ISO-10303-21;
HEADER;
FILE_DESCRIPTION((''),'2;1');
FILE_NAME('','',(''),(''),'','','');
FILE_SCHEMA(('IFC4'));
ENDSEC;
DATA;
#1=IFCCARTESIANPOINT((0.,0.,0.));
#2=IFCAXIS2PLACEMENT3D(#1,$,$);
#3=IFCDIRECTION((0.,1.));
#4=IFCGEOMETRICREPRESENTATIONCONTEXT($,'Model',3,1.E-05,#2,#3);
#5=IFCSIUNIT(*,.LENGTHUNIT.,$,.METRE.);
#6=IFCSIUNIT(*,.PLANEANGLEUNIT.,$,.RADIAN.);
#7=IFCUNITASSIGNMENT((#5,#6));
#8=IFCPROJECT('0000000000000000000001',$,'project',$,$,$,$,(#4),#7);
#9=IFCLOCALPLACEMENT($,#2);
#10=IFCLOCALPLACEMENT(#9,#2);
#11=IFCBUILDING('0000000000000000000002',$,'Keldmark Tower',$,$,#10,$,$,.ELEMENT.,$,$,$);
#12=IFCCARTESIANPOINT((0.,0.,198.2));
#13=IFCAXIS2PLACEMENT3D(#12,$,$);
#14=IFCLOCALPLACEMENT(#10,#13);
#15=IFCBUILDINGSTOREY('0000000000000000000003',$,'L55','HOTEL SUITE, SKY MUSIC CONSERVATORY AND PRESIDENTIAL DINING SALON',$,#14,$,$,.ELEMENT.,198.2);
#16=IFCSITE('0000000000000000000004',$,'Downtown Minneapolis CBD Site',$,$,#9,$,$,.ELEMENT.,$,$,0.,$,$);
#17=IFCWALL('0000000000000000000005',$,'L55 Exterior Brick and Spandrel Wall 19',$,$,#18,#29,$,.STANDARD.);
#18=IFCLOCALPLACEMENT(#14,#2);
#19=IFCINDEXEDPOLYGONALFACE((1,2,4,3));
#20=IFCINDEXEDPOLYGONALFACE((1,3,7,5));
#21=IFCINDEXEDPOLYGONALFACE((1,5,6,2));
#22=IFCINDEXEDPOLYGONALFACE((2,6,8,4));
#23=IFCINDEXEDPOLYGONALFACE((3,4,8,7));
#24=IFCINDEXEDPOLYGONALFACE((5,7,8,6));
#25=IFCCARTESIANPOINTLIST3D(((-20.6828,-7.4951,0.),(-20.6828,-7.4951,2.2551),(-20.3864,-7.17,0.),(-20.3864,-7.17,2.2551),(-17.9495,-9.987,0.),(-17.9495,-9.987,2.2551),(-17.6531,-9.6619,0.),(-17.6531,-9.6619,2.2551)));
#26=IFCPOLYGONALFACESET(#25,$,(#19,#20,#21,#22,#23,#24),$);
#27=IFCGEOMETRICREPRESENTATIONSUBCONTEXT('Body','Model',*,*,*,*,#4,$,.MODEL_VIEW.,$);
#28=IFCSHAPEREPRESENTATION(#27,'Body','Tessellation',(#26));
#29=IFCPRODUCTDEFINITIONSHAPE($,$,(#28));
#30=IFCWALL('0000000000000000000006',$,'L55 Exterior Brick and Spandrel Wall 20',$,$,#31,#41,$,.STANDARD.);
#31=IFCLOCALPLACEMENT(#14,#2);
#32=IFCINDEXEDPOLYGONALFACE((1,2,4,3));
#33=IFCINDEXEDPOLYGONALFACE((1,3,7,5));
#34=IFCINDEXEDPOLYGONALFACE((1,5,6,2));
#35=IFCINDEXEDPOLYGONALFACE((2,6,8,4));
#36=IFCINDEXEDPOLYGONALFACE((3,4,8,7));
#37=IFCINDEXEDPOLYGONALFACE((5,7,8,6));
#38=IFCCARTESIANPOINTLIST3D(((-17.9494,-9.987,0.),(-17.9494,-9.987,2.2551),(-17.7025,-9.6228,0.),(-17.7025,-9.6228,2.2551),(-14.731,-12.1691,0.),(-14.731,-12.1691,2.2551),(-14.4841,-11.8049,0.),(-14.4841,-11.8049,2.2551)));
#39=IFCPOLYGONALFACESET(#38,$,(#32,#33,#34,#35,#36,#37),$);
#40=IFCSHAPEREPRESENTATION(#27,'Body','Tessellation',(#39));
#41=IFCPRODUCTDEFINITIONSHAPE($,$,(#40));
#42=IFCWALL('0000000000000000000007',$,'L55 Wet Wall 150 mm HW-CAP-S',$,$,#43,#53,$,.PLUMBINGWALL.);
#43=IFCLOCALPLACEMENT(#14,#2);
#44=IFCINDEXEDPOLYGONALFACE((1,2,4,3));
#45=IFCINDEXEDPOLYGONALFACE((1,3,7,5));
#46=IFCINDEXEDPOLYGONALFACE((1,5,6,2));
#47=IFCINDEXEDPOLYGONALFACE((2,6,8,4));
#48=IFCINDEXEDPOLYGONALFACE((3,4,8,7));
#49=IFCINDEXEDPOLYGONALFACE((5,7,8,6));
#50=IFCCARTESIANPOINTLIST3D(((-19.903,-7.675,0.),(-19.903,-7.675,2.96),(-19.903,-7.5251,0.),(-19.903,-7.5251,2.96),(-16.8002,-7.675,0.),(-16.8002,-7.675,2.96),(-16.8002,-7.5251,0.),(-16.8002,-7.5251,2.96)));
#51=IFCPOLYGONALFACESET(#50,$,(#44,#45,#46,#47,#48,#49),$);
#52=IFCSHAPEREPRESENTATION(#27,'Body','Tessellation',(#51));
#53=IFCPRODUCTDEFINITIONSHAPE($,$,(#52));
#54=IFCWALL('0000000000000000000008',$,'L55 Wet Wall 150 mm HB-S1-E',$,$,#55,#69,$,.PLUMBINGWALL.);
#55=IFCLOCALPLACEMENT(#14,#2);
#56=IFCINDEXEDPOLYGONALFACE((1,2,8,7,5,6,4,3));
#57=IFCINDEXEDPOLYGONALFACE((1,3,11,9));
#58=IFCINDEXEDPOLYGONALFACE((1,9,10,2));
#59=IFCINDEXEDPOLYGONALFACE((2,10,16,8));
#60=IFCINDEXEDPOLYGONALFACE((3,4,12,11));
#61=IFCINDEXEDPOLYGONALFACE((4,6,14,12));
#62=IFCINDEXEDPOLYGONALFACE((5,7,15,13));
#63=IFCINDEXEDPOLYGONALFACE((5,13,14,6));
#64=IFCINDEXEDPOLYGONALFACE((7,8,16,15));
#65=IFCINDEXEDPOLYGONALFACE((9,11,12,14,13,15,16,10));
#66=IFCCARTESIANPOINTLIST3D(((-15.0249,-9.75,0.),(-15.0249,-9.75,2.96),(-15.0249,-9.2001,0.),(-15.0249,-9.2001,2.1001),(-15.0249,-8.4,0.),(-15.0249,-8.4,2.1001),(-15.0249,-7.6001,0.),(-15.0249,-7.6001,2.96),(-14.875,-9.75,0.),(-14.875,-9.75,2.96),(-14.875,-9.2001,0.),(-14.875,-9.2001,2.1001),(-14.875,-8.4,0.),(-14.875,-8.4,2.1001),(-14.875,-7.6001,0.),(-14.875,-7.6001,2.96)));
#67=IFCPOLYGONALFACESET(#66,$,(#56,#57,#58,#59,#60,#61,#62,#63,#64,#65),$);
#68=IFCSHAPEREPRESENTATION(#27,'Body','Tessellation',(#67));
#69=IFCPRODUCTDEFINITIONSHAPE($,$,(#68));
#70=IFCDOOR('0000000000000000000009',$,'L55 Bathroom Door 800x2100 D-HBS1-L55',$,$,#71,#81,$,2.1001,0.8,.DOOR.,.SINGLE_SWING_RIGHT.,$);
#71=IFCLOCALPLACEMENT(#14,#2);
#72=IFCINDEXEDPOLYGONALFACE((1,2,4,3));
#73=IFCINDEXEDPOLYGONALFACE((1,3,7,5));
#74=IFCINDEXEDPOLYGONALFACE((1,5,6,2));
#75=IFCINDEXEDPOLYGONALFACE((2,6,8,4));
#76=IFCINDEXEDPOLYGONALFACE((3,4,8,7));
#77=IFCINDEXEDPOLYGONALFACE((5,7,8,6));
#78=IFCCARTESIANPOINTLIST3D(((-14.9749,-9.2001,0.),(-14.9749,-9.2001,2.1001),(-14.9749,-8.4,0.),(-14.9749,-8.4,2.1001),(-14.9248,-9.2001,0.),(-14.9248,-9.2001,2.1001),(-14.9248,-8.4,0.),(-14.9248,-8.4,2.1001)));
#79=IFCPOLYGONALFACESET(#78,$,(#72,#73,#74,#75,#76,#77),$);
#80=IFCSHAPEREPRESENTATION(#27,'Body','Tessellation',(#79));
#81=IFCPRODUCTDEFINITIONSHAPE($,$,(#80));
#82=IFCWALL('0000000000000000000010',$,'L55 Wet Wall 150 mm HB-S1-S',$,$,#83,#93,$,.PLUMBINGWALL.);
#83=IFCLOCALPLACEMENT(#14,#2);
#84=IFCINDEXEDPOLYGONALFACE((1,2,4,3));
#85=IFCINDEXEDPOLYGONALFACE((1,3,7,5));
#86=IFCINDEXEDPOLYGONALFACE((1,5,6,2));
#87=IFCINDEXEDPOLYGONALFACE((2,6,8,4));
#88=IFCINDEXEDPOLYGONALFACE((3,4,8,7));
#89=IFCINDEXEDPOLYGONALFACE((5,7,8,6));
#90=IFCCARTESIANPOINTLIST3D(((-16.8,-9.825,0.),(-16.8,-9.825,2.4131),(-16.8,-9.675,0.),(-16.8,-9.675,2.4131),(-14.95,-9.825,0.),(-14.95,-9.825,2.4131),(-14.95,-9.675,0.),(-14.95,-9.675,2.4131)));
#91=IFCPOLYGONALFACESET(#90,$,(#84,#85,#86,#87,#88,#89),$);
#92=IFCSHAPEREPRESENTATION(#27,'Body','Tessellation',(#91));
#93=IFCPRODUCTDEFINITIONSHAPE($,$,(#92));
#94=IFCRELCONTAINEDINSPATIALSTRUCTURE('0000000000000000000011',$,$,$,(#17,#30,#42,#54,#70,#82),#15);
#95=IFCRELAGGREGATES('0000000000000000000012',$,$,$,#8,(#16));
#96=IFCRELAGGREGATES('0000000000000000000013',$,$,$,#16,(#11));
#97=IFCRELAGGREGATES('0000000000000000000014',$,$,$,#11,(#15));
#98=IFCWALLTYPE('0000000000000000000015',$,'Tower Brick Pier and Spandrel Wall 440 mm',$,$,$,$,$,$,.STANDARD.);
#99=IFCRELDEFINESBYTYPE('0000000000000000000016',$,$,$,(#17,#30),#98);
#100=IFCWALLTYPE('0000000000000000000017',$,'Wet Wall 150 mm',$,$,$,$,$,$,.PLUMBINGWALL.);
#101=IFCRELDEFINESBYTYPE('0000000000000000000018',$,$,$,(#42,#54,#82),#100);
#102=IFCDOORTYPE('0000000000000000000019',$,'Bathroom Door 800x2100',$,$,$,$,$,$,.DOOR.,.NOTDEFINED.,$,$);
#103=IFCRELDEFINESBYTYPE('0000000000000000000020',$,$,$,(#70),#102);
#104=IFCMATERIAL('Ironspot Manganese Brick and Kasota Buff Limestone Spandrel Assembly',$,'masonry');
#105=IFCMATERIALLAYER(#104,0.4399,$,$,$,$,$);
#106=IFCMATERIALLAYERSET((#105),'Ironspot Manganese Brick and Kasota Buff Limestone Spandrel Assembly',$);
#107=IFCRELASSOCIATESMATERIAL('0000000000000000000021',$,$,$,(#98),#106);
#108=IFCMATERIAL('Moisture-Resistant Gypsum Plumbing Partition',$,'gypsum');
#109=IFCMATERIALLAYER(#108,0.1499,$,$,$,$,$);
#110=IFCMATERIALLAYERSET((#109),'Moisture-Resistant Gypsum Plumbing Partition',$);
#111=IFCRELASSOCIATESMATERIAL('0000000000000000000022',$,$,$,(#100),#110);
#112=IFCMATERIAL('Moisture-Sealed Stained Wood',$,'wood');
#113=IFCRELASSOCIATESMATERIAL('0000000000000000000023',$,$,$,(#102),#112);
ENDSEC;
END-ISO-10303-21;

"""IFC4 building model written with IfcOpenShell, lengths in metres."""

from ifc_helpers import new_model, si_unit, direction, frame, frame_2d, origin, place, context, subcontext, project, spatial, rectangle, extrude, material, layer, layer_set, type_object, element, fill, save


model = new_model("IFC4")

# Units and contexts
model_context = context("Model", 3, precision=1e-05, world=origin(), true_north=direction((0.0, 1.0)))
body_context = subcontext(model_context, "Body", "Model", "MODEL_VIEW")
ifc_project = project(units=[si_unit("LENGTHUNIT", "METRE"), si_unit("PLANEANGLEUNIT", "RADIAN")], contexts=[model_context])

# Site, building, storey
site_placement = place(None, origin())
site = spatial("IfcSite", under=ifc_project, at=site_placement, Name="Downtown Minneapolis CBD Site", CompositionType="ELEMENT", RefElevation=0.0)
building_placement = place(site_placement, origin())
building = spatial("IfcBuilding", under=site, at=building_placement, Name="Keldmark Tower", CompositionType="ELEMENT")
storey_placement = place(building_placement, frame((0.0, 0.0, 198.2)))
storey = spatial("IfcBuildingStorey", under=building, at=storey_placement, Name="L55", Description="HOTEL SUITE, SKY MUSIC CONSERVATORY AND PRESIDENTIAL DINING SALON", CompositionType="ELEMENT", Elevation=198.2)

# Shared definitions
ifc_material_1 = material(Name="Ironspot Manganese Brick and Kasota Buff Limestone Spandrel Assembly", Category="masonry")
ifc_layer_1 = layer(ifc_material_1, 0.4399)
ifc_layer_set_1 = layer_set([ifc_layer_1], Name="Ironspot Manganese Brick and Kasota Buff Limestone Spandrel Assembly")
wall_type_1 = type_object("IfcWallType", Name="Tower Brick Pier and Spandrel Wall 440 mm", PredefinedType="STANDARD", material=ifc_layer_set_1)

# Walls
wall_1_placement = place(storey_placement, frame((-17.8013, -9.8245, 0.0), z_axis=(0.0, 0.0, 1.0), x_axis=(-0.738993, 0.673714, 0.0)))
element("IfcWall", 1, at=wall_1_placement, inside=storey, type_object=wall_type_1, Name="L55 Exterior Brick and Spandrel Wall 19", PredefinedType="STANDARD", context=body_context, shape_type="SweptSolid", body=[
    extrude(rectangle(XDim=3.6987, YDim=0.4399, at=frame_2d((1.8494, 0.0))), origin(), (0.0, 0.0, 1.0), 2.2551),
])
wall_2_placement = place(storey_placement, frame((-14.6074, -11.9871, 0.0), z_axis=(0.0, 0.0, 1.0), x_axis=(-0.827698, 0.561174, 0.0)))
element("IfcWall", 2, at=wall_2_placement, inside=storey, type_object=wall_type_1, Name="L55 Exterior Brick and Spandrel Wall 20", PredefinedType="STANDARD", context=body_context, shape_type="SweptSolid", body=[
    extrude(rectangle(XDim=3.8884, YDim=0.4399, at=frame_2d((1.9443, 0.0))), origin(), (0.0, 0.0, 1.0), 2.2551),
])
ifc_material_2 = material(Name="Moisture-Resistant Gypsum Plumbing Partition", Category="gypsum")
ifc_layer_2 = layer(ifc_material_2, 0.1499)
ifc_layer_set_2 = layer_set([ifc_layer_2], Name="Moisture-Resistant Gypsum Plumbing Partition")
wall_type_2 = type_object("IfcWallType", Name="Wet Wall 150 mm", PredefinedType="PLUMBINGWALL", material=ifc_layer_set_2)
wall_3_placement = place(storey_placement, frame((-19.9028, -7.6001, 0.0), z_axis=(0.0, 0.0, 1.0), x_axis=(1.0, 0.0, 0.0)))
element("IfcWall", 3, at=wall_3_placement, inside=storey, type_object=wall_type_2, Name="L55 Wet Wall 150 mm HW-CAP-S", PredefinedType="PLUMBINGWALL", context=body_context, shape_type="SweptSolid", body=[
    extrude(rectangle(XDim=3.1028, YDim=0.1499, at=frame_2d((1.5513, 0.0))), origin(), (0.0, 0.0, 1.0), 2.96),
])

# Wall, opening, door
wall_4_placement = place(storey_placement, frame((-14.95, -9.75, 0.0), z_axis=(0.0, 0.0, 1.0), x_axis=(0.0, 1.0, 0.0)))
wall_4 = element("IfcWall", 4, at=wall_4_placement, inside=storey, type_object=wall_type_2, Name="L55 Wet Wall 150 mm HB-S1-E", PredefinedType="PLUMBINGWALL", context=body_context, shape_type="SweptSolid", body=[
    extrude(rectangle(XDim=2.1499, YDim=0.1499, at=frame_2d((1.075, 0.0))), origin(), (0.0, 0.0, 1.0), 2.96),
])
opening_1_placement = place(wall_4_placement, frame((0.55, 0.0, 0.0)))
opening_1 = element("IfcOpeningElement", 5, at=opening_1_placement, cuts=wall_4, PredefinedType="OPENING", context=body_context, shape_type="SweptSolid", body=[
    extrude(rectangle(XDim=0.8, YDim=2.1001, at=frame_2d((0.3999, 1.05))), frame((0.0, 0.085, 0.0), z_axis=(0.0, -1.0, 0.0), x_axis=(1.0, 0.0, 0.0)), (0.0, 0.0, 1.0), 0.1699),
])
ifc_material_3 = material(Name="Moisture-Sealed Stained Wood", Category="wood")
door_type_1 = type_object("IfcDoorType", Name="Bathroom Door 800x2100", OperationType="NOTDEFINED", PredefinedType="DOOR", material=ifc_material_3)
door_1_placement = place(opening_1_placement, origin())
door_1 = element("IfcDoor", 6, at=door_1_placement, inside=storey, type_object=door_type_1, Name="L55 Bathroom Door 800x2100 D-HBS1-L55", OperationType="SINGLE_SWING_RIGHT", OverallHeight=2.1001, OverallWidth=0.8, PredefinedType="DOOR", context=body_context, shape_type="SweptSolid", body=[
    extrude(rectangle(XDim=0.8, YDim=2.1001, at=frame_2d((0.3999, 1.05))), frame((0.0, 0.0249, 0.0), z_axis=(0.0, -1.0, 0.0), x_axis=(1.0, 0.0, 0.0)), (0.0, 0.0, 1.0), 0.05),
])
fill(opening_1, door_1)

# Wall
wall_5_placement = place(storey_placement, frame((-16.8, -9.75, 0.0), z_axis=(0.0, 0.0, 1.0), x_axis=(1.0, 0.0, 0.0)))
element("IfcWall", 7, at=wall_5_placement, inside=storey, type_object=wall_type_2, Name="L55 Wet Wall 150 mm HB-S1-S", PredefinedType="PLUMBINGWALL", context=body_context, shape_type="SweptSolid", body=[
    extrude(rectangle(XDim=1.8501, YDim=0.1499, at=frame_2d((0.925, 0.0))), origin(), (0.0, 0.0, 1.0), 2.4131),
])

save(model, "model.ifc")
